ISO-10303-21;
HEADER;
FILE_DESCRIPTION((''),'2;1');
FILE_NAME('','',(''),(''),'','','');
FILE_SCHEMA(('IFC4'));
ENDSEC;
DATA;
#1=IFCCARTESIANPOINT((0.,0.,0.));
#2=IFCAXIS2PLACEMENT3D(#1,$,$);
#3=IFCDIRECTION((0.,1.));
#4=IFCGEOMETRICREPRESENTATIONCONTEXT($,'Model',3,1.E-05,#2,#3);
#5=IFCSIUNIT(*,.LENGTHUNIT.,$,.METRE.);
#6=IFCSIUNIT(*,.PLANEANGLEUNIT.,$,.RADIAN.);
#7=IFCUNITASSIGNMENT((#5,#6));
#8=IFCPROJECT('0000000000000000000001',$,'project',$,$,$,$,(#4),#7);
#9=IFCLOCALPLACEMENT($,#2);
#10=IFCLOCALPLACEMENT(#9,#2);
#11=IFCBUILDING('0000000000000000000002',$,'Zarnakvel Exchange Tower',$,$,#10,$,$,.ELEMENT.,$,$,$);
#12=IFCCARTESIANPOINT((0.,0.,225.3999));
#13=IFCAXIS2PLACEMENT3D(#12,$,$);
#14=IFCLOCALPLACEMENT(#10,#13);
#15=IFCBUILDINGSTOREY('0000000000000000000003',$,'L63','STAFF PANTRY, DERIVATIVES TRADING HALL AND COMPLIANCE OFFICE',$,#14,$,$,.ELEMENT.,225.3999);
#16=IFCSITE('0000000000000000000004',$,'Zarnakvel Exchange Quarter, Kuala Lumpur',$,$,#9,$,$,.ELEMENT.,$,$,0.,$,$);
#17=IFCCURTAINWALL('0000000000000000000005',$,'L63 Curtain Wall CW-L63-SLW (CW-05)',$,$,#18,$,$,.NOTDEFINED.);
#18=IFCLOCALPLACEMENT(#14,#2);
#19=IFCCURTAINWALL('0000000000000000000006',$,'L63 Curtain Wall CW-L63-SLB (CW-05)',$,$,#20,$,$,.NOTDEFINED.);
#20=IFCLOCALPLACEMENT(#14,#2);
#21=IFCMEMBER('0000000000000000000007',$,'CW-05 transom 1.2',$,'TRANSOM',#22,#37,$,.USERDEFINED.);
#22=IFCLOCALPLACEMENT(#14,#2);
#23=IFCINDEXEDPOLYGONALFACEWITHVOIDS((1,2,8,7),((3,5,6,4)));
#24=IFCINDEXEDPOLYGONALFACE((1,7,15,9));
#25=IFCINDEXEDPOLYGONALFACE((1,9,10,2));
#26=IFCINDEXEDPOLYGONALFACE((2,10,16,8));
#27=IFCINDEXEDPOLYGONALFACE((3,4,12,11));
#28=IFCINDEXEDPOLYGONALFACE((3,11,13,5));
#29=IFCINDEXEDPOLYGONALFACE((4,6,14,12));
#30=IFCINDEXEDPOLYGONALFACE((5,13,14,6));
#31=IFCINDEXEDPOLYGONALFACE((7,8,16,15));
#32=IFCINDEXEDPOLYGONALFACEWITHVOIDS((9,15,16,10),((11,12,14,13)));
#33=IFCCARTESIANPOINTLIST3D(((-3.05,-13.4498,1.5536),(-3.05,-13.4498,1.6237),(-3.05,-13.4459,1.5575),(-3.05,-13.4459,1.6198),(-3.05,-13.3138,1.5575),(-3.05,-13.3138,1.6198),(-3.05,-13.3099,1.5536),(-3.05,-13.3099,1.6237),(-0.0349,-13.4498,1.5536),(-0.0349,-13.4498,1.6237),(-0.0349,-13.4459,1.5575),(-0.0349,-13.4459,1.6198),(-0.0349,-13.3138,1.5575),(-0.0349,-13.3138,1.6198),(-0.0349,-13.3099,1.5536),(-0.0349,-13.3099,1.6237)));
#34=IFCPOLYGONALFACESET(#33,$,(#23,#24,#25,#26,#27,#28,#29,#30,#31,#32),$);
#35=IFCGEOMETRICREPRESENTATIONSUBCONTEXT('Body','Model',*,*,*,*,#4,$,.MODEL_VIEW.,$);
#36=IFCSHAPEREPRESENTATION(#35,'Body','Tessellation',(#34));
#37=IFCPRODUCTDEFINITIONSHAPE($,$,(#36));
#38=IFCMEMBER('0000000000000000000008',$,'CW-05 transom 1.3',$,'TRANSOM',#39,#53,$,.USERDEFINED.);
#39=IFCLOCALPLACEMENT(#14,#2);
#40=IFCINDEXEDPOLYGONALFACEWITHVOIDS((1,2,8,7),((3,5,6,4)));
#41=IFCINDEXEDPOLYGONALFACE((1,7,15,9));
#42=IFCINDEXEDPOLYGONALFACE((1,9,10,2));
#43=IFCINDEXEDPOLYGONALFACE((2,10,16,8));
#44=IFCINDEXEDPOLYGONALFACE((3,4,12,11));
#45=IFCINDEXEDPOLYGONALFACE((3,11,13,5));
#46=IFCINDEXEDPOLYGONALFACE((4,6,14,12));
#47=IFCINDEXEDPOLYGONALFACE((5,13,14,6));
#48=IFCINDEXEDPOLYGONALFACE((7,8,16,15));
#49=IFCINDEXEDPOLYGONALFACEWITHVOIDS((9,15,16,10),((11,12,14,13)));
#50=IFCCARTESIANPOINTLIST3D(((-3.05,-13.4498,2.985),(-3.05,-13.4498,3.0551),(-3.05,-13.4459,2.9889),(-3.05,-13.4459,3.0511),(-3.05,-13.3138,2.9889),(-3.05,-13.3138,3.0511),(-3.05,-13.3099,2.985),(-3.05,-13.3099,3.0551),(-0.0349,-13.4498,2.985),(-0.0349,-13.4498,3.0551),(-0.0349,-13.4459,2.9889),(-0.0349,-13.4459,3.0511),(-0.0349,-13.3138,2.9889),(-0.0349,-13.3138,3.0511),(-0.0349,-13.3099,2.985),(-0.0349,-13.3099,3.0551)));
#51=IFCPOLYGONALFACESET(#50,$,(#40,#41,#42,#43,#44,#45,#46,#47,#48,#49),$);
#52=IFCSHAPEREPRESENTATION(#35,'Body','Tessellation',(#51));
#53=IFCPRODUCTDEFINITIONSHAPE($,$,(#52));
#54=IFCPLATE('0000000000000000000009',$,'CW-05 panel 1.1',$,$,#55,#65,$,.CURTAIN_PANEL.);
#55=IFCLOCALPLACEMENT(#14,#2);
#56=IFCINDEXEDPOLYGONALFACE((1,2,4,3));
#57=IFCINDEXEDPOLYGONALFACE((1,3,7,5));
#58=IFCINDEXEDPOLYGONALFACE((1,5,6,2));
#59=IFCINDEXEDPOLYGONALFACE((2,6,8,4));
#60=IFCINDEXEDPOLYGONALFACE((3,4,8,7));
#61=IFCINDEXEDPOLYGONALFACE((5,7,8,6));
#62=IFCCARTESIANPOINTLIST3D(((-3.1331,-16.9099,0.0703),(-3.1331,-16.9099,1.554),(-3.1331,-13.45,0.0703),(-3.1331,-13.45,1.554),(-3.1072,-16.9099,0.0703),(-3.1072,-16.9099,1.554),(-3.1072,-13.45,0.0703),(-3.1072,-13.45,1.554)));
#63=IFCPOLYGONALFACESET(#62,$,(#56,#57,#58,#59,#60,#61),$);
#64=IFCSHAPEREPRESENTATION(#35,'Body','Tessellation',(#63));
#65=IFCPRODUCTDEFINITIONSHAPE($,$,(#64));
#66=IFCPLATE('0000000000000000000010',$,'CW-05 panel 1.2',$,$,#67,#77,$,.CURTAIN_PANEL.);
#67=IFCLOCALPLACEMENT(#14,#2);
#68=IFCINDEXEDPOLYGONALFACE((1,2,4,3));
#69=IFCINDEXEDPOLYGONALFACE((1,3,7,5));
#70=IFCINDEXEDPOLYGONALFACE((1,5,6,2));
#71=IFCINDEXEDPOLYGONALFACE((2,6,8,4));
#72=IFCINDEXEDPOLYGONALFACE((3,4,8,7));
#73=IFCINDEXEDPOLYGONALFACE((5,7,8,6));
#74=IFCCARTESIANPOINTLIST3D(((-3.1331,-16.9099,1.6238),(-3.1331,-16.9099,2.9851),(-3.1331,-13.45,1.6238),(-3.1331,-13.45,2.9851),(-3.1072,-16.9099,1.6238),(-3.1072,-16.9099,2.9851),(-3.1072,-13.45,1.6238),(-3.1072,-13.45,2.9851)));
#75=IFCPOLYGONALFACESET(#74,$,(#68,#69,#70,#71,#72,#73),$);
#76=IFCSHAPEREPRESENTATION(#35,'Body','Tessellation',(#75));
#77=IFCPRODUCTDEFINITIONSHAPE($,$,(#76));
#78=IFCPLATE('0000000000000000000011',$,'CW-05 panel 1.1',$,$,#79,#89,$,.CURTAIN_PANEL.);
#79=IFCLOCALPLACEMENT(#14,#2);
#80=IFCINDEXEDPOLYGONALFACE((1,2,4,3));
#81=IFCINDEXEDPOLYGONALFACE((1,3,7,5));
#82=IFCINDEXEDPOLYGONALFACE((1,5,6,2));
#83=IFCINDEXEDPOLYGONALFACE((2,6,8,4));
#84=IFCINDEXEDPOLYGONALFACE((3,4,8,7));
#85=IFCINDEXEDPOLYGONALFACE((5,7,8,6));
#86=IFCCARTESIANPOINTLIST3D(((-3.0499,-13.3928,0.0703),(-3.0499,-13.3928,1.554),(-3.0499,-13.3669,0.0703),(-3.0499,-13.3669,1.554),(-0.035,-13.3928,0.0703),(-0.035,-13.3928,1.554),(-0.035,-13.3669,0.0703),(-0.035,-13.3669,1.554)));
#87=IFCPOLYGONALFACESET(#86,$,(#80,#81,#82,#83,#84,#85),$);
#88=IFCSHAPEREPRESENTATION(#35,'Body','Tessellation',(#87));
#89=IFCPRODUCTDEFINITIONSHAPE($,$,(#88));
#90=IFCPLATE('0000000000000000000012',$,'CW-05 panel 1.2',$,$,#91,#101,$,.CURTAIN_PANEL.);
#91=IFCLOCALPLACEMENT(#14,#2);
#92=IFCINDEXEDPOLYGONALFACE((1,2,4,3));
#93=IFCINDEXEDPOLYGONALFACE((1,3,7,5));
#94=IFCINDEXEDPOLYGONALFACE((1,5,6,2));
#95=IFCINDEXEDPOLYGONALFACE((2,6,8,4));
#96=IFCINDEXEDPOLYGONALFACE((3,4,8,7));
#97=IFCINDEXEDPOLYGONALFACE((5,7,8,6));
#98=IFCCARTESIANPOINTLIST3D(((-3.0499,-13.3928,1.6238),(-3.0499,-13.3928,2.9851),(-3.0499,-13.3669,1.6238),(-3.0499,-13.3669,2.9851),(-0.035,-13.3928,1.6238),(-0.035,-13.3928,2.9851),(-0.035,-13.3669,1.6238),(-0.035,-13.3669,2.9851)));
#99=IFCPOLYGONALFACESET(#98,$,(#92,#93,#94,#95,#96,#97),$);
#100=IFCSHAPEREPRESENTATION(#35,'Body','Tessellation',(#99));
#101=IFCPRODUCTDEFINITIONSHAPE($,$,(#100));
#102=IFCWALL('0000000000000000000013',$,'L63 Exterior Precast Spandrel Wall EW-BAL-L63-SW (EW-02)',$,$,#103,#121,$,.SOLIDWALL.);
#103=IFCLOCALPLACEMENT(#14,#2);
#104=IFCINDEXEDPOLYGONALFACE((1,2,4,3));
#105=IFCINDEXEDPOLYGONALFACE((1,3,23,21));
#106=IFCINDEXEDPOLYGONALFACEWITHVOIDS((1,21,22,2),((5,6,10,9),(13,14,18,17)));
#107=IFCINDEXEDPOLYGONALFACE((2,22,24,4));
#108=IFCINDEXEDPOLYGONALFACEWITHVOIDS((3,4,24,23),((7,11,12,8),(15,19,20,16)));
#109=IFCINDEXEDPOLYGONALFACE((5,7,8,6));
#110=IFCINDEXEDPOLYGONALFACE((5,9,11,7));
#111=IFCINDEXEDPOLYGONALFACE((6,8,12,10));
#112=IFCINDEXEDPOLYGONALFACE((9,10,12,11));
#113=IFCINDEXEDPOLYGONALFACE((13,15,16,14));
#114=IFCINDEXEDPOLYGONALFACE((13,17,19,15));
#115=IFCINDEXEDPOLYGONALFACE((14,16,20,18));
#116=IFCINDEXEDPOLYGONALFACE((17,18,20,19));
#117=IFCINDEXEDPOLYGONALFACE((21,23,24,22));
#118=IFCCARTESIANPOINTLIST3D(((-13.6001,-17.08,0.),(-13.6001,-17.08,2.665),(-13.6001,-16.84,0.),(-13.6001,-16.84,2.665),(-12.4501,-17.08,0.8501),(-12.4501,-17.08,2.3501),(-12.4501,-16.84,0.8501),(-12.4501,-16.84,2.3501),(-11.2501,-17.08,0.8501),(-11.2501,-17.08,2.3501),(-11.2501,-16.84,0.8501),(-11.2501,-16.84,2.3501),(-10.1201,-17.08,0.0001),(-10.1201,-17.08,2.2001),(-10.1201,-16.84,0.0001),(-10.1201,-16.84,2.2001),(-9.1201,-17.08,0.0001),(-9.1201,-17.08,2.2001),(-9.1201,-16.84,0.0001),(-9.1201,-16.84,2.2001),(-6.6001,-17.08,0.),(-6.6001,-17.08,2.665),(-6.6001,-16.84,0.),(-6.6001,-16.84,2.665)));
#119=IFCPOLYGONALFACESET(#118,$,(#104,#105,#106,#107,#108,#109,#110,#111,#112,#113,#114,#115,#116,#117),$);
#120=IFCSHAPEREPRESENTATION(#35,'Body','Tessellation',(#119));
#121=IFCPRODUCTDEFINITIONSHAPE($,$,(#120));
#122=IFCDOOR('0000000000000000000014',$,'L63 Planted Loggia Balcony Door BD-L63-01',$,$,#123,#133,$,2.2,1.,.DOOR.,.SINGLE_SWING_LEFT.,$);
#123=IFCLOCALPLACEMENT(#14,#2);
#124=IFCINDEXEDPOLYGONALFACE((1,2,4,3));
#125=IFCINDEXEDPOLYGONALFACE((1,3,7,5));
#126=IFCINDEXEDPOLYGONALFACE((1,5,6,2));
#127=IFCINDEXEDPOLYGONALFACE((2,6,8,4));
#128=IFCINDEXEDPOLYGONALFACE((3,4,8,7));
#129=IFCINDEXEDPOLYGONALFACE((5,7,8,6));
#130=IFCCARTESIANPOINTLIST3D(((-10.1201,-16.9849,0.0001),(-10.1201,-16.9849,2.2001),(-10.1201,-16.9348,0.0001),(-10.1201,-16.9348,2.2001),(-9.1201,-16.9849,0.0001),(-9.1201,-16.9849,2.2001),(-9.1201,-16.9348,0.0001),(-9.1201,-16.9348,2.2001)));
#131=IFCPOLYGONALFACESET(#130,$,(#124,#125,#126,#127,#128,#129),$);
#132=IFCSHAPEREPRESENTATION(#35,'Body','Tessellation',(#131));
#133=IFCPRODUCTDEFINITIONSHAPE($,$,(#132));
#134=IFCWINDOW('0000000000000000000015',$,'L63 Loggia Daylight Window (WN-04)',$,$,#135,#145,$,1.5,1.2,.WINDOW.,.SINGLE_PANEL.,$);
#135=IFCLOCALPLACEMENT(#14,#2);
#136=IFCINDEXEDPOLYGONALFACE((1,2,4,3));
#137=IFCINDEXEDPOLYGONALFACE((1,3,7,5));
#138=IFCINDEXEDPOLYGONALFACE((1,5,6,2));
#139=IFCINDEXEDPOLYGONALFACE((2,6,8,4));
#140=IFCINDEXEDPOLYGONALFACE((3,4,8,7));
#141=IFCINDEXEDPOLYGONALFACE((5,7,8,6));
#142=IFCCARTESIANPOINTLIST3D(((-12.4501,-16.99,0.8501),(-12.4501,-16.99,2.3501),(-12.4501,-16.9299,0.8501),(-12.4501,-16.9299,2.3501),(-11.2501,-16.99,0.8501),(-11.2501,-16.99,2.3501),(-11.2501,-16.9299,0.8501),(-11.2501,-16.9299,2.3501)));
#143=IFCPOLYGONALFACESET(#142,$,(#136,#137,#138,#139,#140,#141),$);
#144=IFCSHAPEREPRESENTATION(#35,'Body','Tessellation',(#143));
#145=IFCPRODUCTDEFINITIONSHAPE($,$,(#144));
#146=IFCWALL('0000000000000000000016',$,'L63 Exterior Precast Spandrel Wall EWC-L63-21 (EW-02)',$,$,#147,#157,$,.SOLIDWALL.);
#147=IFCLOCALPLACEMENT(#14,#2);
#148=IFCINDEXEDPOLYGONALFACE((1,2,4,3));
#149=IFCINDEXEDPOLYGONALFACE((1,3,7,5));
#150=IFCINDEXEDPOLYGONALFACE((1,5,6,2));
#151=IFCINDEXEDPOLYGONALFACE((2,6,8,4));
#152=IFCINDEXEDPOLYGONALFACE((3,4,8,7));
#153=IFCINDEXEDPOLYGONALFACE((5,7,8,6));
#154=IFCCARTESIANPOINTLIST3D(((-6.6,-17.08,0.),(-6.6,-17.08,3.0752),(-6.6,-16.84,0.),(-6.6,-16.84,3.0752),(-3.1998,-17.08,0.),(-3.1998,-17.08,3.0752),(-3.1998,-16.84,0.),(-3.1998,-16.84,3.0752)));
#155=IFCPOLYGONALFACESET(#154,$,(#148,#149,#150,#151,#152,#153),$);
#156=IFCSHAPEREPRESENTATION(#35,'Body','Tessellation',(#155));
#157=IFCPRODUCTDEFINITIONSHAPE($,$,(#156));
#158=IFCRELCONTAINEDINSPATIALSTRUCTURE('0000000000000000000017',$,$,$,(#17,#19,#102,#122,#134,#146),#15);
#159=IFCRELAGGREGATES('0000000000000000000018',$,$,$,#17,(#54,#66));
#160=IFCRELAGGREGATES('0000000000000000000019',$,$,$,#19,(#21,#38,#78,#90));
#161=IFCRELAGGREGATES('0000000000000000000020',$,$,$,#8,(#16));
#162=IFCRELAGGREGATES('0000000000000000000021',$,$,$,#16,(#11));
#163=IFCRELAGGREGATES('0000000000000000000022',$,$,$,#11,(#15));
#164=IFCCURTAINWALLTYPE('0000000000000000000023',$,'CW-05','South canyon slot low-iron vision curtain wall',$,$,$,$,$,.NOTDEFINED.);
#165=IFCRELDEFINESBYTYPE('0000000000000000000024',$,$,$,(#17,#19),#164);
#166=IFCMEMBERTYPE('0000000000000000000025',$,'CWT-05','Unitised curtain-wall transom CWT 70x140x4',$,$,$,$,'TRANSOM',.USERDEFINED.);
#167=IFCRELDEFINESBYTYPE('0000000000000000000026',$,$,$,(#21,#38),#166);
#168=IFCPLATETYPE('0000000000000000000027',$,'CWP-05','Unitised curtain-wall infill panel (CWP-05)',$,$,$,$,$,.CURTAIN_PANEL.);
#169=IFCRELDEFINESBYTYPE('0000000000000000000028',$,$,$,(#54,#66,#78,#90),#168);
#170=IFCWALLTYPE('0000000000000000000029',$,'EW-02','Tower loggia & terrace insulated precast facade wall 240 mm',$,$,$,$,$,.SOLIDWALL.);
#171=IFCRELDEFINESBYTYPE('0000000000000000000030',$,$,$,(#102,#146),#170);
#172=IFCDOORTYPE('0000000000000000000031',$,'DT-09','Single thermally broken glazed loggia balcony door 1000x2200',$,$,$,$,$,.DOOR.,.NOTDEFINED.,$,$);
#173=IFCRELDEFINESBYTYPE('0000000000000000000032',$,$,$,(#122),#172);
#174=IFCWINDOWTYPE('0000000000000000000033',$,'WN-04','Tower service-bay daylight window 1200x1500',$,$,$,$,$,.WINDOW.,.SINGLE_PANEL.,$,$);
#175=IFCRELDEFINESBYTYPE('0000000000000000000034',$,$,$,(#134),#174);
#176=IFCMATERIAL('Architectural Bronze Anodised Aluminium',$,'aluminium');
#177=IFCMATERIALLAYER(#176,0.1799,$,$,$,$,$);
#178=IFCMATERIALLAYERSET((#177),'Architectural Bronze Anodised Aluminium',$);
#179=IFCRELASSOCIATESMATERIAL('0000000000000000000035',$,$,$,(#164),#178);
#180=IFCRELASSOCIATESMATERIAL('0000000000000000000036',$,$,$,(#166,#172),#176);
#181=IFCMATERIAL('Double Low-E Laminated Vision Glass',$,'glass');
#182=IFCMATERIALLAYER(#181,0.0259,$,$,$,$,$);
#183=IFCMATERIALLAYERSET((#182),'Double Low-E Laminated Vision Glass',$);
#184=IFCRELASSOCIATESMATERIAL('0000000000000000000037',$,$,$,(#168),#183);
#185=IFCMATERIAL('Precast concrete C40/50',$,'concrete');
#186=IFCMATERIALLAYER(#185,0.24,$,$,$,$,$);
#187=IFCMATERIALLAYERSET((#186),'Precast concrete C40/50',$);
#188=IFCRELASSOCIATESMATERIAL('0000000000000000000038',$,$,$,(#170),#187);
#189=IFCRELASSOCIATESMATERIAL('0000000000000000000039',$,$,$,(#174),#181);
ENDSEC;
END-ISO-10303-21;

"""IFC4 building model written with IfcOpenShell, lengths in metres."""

from ifc_helpers import new_model, si_unit, direction, frame, frame_2d, origin, origin_2d, place, context, subcontext, project, spatial, rectangle, hollow_rectangle, extrude, source, transform, mapped, material, layer, layer_set, material_profile, profile_set, type_object, element, fill, aggregate, save


model = new_model("IFC4")

# Units and contexts
model_context = context("Model", 3, precision=1e-05, world=origin(), true_north=direction((0.0, 1.0)))
body_context = subcontext(model_context, "Body", "Model", "MODEL_VIEW")
ifc_project = project(units=[si_unit("LENGTHUNIT", "METRE"), si_unit("PLANEANGLEUNIT", "RADIAN")], contexts=[model_context])

# Site, building, storey
site_placement = place(None, origin())
site = spatial("IfcSite", under=ifc_project, at=site_placement, Name="Zarnakvel Exchange Quarter, Kuala Lumpur", CompositionType="ELEMENT", RefElevation=0.0)
building_placement = place(site_placement, origin())
building = spatial("IfcBuilding", under=site, at=building_placement, Name="Zarnakvel Exchange Tower", CompositionType="ELEMENT")
storey_placement = place(building_placement, frame((0.0, 0.0, 225.3999)))
storey = spatial("IfcBuildingStorey", under=building, at=storey_placement, Name="L63", Description="STAFF PANTRY, DERIVATIVES TRADING HALL AND COMPLIANCE OFFICE", CompositionType="ELEMENT", Elevation=225.3999)

# Curtain wall
ifc_material_1 = material(Name="Architectural Bronze Anodised Aluminium", Category="aluminium")
ifc_layer_1 = layer(ifc_material_1, 0.1799)
ifc_layer_set_1 = layer_set([ifc_layer_1], Name="Architectural Bronze Anodised Aluminium")
curtain_wall_type = type_object("IfcCurtainWallType", Name="CW-05", Description="South canyon slot low-iron vision curtain wall", PredefinedType="NOTDEFINED", material=ifc_layer_set_1)
curtain_wall_1_placement = place(storey_placement, origin())
curtain_wall_1 = element("IfcCurtainWall", 1, at=curtain_wall_1_placement, inside=storey, type_object=curtain_wall_type, Name="L63 Curtain Wall CW-L63-SLW (CW-05)", PredefinedType="NOTDEFINED")

# Curtain wall
curtain_wall_2_placement = place(storey_placement, origin())
curtain_wall_2 = element("IfcCurtainWall", 2, at=curtain_wall_2_placement, inside=storey, type_object=curtain_wall_type, Name="L63 Curtain Wall CW-L63-SLB (CW-05)", PredefinedType="NOTDEFINED")

# Members
ifc_material_profile_1 = material_profile(ifc_material_1, hollow_rectangle(XDim=0.1399, YDim=0.0701, WallThickness=0.0039, at=origin_2d()))
ifc_profile_set_1 = profile_set([ifc_material_profile_1], Name="Architectural Bronze Anodised Aluminium")
member_type_1 = type_object("IfcMemberType", Name="CWT-05", Description="Unitised curtain-wall transom CWT 70x140x4", ElementType="TRANSOM", PredefinedType="USERDEFINED", material=ifc_profile_set_1)
shared_shape_1 = source(origin(), body_context, "Body", "SweptSolid", [
    extrude(hollow_rectangle(XDim=0.1399, YDim=0.0701, WallThickness=0.0039, at=origin_2d()), origin(), (0.0, 0.0, 1.0), 3.0151),
])
member_1_placement = place(storey_placement, frame((-3.05, -13.3799, 1.5886), z_axis=(1.0, 0.0, 0.0), x_axis=(0.0, 1.0, 0.0)))
member_1 = element("IfcMember", 3, at=member_1_placement, type_object=member_type_1, Name="CW-05 transom 1.2", ObjectType="TRANSOM", PredefinedType="USERDEFINED", context=body_context, shape_type="MappedRepresentation", body=[
    mapped(shared_shape_1, transform((0.0, 0.0, 0.0), x_axis=(1.0, 0.0, 0.0), y_axis=(0.0, 1.0, 0.0), z_axis=(0.0, 0.0, 1.0), scale=1.0)),
])
member_2_placement = place(storey_placement, frame((-3.05, -13.3799, 3.02), z_axis=(1.0, 0.0, 0.0), x_axis=(0.0, 1.0, 0.0)))
member_2 = element("IfcMember", 4, at=member_2_placement, type_object=member_type_1, Name="CW-05 transom 1.3", ObjectType="TRANSOM", PredefinedType="USERDEFINED", context=body_context, shape_type="MappedRepresentation", body=[
    mapped(shared_shape_1, transform((0.0, 0.0, 0.0), x_axis=(1.0, 0.0, 0.0), y_axis=(0.0, 1.0, 0.0), z_axis=(0.0, 0.0, 1.0), scale=1.0)),
])

# Plates
ifc_material_2 = material(Name="Double Low-E Laminated Vision Glass", Category="glass")
ifc_layer_2 = layer(ifc_material_2, 0.0259)
ifc_layer_set_2 = layer_set([ifc_layer_2], Name="Double Low-E Laminated Vision Glass")
plate_type = type_object("IfcPlateType", Name="CWP-05", Description="Unitised curtain-wall infill panel (CWP-05)", PredefinedType="CURTAIN_PANEL", material=ifc_layer_set_2)
shared_shape_2 = source(origin(), body_context, "Body", "SweptSolid", [
    extrude(rectangle(XDim=3.46, YDim=0.0259, at=origin_2d()), origin(), (0.0, 0.0, 1.0), 1.4836),
])
plate_1_placement = place(storey_placement, frame((-3.1201, -15.1799, 0.0703), z_axis=(0.0, 0.0, 1.0), x_axis=(0.0, 1.0, 0.0)))
plate_1 = element("IfcPlate", 5, at=plate_1_placement, type_object=plate_type, Name="CW-05 panel 1.1", PredefinedType="CURTAIN_PANEL", context=body_context, shape_type="MappedRepresentation", body=[
    mapped(shared_shape_2, transform((0.0, 0.0, 0.0), x_axis=(1.0, 0.0, 0.0), y_axis=(0.0, 1.0, 0.0), z_axis=(0.0, 0.0, 1.0), scale=1.0)),
])
shared_shape_3 = source(origin(), body_context, "Body", "SweptSolid", [
    extrude(rectangle(XDim=3.46, YDim=0.0259, at=origin_2d()), origin(), (0.0, 0.0, 1.0), 1.3613),
])
plate_2_placement = place(storey_placement, frame((-3.1201, -15.1799, 1.6238), z_axis=(0.0, 0.0, 1.0), x_axis=(0.0, 1.0, 0.0)))
plate_2 = element("IfcPlate", 6, at=plate_2_placement, type_object=plate_type, Name="CW-05 panel 1.2", PredefinedType="CURTAIN_PANEL", context=body_context, shape_type="MappedRepresentation", body=[
    mapped(shared_shape_3, transform((0.0, 0.0, 0.0), x_axis=(1.0, 0.0, 0.0), y_axis=(0.0, 1.0, 0.0), z_axis=(0.0, 0.0, 1.0), scale=1.0)),
])
aggregate(curtain_wall_1, [plate_1, plate_2])
shared_shape_4 = source(origin(), body_context, "Body", "SweptSolid", [
    extrude(rectangle(XDim=3.0149, YDim=0.0259, at=origin_2d()), origin(), (0.0, 0.0, 1.0), 1.4836),
])
plate_3_placement = place(storey_placement, frame((-1.5425, -13.3799, 0.0703), z_axis=(0.0, 0.0, 1.0), x_axis=(1.0, 0.0, 0.0)))
plate_3 = element("IfcPlate", 7, at=plate_3_placement, type_object=plate_type, Name="CW-05 panel 1.1", PredefinedType="CURTAIN_PANEL", context=body_context, shape_type="MappedRepresentation", body=[
    mapped(shared_shape_4, transform((0.0, 0.0, 0.0), x_axis=(1.0, 0.0, 0.0), y_axis=(0.0, 1.0, 0.0), z_axis=(0.0, 0.0, 1.0), scale=1.0)),
])
shared_shape_5 = source(origin(), body_context, "Body", "SweptSolid", [
    extrude(rectangle(XDim=3.0149, YDim=0.0259, at=origin_2d()), origin(), (0.0, 0.0, 1.0), 1.3613),
])
plate_4_placement = place(storey_placement, frame((-1.5425, -13.3799, 1.6238), z_axis=(0.0, 0.0, 1.0), x_axis=(1.0, 0.0, 0.0)))
plate_4 = element("IfcPlate", 8, at=plate_4_placement, type_object=plate_type, Name="CW-05 panel 1.2", PredefinedType="CURTAIN_PANEL", context=body_context, shape_type="MappedRepresentation", body=[
    mapped(shared_shape_5, transform((0.0, 0.0, 0.0), x_axis=(1.0, 0.0, 0.0), y_axis=(0.0, 1.0, 0.0), z_axis=(0.0, 0.0, 1.0), scale=1.0)),
])
aggregate(curtain_wall_2, [member_1, member_2, plate_3, plate_4])

# Wall, openings, door, window
ifc_material_3 = material(Name="Precast concrete C40/50", Category="concrete")
ifc_layer_3 = layer(ifc_material_3, 0.24)
ifc_layer_set_3 = layer_set([ifc_layer_3], Name="Precast concrete C40/50")
wall_type_1 = type_object("IfcWallType", Name="EW-02", Description="Tower loggia & terrace insulated precast facade wall 240 mm", PredefinedType="SOLIDWALL", material=ifc_layer_set_3)
wall_1_placement = place(storey_placement, frame((-6.6001, -16.96, 0.0), z_axis=(0.0, 0.0, 1.0), x_axis=(-1.0, 0.0, 0.0)))
wall_1 = element("IfcWall", 9, at=wall_1_placement, inside=storey, type_object=wall_type_1, Name="L63 Exterior Precast Spandrel Wall EW-BAL-L63-SW (EW-02)", PredefinedType="SOLIDWALL", context=body_context, shape_type="SweptSolid", body=[
    extrude(rectangle(XDim=7.0, YDim=0.24, at=frame_2d((3.5, 0.0))), origin(), (0.0, 0.0, 1.0), 2.665),
])
opening_1_placement = place(wall_1_placement, frame((2.52, 0.0, 0.0)))
opening_1 = element("IfcOpeningElement", 10, at=opening_1_placement, cuts=wall_1, PredefinedType="OPENING", context=body_context, shape_type="SweptSolid", body=[
    extrude(rectangle(XDim=1.0, YDim=2.2, at=frame_2d((0.5, 1.1001))), frame((0.0, 0.1299, 0.0), z_axis=(0.0, -1.0, 0.0), x_axis=(1.0, 0.0, 0.0)), (0.0, 0.0, 1.0), 0.26),
])
opening_2_placement = place(wall_1_placement, frame((4.6499, 0.0, 0.8501)))
opening_2 = element("IfcOpeningElement", 11, at=opening_2_placement, cuts=wall_1, PredefinedType="OPENING", context=body_context, shape_type="SweptSolid", body=[
    extrude(rectangle(XDim=1.2, YDim=1.5, at=frame_2d((0.6001, 0.75))), frame((0.0, 0.1299, 0.0), z_axis=(0.0, -1.0, 0.0), x_axis=(1.0, 0.0, 0.0)), (0.0, 0.0, 1.0), 0.26),
])
door_type_1 = type_object("IfcDoorType", Name="DT-09", Description="Single thermally broken glazed loggia balcony door 1000x2200", OperationType="NOTDEFINED", PredefinedType="DOOR", material=ifc_material_1)
shared_shape_6 = source(origin(), body_context, "Body", "SweptSolid", [
    extrude(rectangle(XDim=1.0, YDim=2.2, at=frame_2d((0.5, 1.1001))), frame((0.0, 0.0249, 0.0), z_axis=(0.0, -1.0, 0.0), x_axis=(1.0, 0.0, 0.0)), (0.0, 0.0, 1.0), 0.05),
])
door_1_placement = place(opening_1_placement, origin())
door_1 = element("IfcDoor", 12, at=door_1_placement, inside=storey, type_object=door_type_1, Name="L63 Planted Loggia Balcony Door BD-L63-01", OperationType="SINGLE_SWING_LEFT", OverallHeight=2.2, OverallWidth=1.0, PredefinedType="DOOR", context=body_context, shape_type="MappedRepresentation", body=[
    mapped(shared_shape_6, transform((0.0, 0.0, 0.0), x_axis=(1.0, 0.0, 0.0), y_axis=(0.0, 1.0, 0.0), z_axis=(0.0, 0.0, 1.0), scale=1.0)),
])
fill(opening_1, door_1)
window_type = type_object("IfcWindowType", Name="WN-04", Description="Tower service-bay daylight window 1200x1500", PartitioningType="SINGLE_PANEL", PredefinedType="WINDOW", material=ifc_material_2)
shared_shape_7 = source(origin(), body_context, "Body", "SweptSolid", [
    extrude(rectangle(XDim=1.2, YDim=1.5, at=frame_2d((0.6001, 0.75))), frame((0.0, 0.03, 0.0), z_axis=(0.0, -1.0, 0.0), x_axis=(1.0, 0.0, 0.0)), (0.0, 0.0, 1.0), 0.0601),
])
window_placement = place(opening_2_placement, origin())
window = element("IfcWindow", 13, at=window_placement, inside=storey, type_object=window_type, Name="L63 Loggia Daylight Window (WN-04)", OverallHeight=1.5, OverallWidth=1.2, PartitioningType="SINGLE_PANEL", PredefinedType="WINDOW", context=body_context, shape_type="MappedRepresentation", body=[
    mapped(shared_shape_7, transform((0.0, 0.0, 0.0), x_axis=(1.0, 0.0, 0.0), y_axis=(0.0, 1.0, 0.0), z_axis=(0.0, 0.0, 1.0), scale=1.0)),
])
fill(opening_2, window)

# Wall
wall_2_placement = place(storey_placement, frame((-6.6001, -16.96, 0.0), z_axis=(0.0, 0.0, 1.0), x_axis=(1.0, 0.0, 0.0)))
element("IfcWall", 14, at=wall_2_placement, inside=storey, type_object=wall_type_1, Name="L63 Exterior Precast Spandrel Wall EWC-L63-21 (EW-02)", PredefinedType="SOLIDWALL", context=body_context, shape_type="SweptSolid", body=[
    extrude(rectangle(XDim=3.4001, YDim=0.24, at=frame_2d((1.7002, 0.0))), origin(), (0.0, 0.0, 1.0), 3.0752),
])

save(model, "model.ifc")
